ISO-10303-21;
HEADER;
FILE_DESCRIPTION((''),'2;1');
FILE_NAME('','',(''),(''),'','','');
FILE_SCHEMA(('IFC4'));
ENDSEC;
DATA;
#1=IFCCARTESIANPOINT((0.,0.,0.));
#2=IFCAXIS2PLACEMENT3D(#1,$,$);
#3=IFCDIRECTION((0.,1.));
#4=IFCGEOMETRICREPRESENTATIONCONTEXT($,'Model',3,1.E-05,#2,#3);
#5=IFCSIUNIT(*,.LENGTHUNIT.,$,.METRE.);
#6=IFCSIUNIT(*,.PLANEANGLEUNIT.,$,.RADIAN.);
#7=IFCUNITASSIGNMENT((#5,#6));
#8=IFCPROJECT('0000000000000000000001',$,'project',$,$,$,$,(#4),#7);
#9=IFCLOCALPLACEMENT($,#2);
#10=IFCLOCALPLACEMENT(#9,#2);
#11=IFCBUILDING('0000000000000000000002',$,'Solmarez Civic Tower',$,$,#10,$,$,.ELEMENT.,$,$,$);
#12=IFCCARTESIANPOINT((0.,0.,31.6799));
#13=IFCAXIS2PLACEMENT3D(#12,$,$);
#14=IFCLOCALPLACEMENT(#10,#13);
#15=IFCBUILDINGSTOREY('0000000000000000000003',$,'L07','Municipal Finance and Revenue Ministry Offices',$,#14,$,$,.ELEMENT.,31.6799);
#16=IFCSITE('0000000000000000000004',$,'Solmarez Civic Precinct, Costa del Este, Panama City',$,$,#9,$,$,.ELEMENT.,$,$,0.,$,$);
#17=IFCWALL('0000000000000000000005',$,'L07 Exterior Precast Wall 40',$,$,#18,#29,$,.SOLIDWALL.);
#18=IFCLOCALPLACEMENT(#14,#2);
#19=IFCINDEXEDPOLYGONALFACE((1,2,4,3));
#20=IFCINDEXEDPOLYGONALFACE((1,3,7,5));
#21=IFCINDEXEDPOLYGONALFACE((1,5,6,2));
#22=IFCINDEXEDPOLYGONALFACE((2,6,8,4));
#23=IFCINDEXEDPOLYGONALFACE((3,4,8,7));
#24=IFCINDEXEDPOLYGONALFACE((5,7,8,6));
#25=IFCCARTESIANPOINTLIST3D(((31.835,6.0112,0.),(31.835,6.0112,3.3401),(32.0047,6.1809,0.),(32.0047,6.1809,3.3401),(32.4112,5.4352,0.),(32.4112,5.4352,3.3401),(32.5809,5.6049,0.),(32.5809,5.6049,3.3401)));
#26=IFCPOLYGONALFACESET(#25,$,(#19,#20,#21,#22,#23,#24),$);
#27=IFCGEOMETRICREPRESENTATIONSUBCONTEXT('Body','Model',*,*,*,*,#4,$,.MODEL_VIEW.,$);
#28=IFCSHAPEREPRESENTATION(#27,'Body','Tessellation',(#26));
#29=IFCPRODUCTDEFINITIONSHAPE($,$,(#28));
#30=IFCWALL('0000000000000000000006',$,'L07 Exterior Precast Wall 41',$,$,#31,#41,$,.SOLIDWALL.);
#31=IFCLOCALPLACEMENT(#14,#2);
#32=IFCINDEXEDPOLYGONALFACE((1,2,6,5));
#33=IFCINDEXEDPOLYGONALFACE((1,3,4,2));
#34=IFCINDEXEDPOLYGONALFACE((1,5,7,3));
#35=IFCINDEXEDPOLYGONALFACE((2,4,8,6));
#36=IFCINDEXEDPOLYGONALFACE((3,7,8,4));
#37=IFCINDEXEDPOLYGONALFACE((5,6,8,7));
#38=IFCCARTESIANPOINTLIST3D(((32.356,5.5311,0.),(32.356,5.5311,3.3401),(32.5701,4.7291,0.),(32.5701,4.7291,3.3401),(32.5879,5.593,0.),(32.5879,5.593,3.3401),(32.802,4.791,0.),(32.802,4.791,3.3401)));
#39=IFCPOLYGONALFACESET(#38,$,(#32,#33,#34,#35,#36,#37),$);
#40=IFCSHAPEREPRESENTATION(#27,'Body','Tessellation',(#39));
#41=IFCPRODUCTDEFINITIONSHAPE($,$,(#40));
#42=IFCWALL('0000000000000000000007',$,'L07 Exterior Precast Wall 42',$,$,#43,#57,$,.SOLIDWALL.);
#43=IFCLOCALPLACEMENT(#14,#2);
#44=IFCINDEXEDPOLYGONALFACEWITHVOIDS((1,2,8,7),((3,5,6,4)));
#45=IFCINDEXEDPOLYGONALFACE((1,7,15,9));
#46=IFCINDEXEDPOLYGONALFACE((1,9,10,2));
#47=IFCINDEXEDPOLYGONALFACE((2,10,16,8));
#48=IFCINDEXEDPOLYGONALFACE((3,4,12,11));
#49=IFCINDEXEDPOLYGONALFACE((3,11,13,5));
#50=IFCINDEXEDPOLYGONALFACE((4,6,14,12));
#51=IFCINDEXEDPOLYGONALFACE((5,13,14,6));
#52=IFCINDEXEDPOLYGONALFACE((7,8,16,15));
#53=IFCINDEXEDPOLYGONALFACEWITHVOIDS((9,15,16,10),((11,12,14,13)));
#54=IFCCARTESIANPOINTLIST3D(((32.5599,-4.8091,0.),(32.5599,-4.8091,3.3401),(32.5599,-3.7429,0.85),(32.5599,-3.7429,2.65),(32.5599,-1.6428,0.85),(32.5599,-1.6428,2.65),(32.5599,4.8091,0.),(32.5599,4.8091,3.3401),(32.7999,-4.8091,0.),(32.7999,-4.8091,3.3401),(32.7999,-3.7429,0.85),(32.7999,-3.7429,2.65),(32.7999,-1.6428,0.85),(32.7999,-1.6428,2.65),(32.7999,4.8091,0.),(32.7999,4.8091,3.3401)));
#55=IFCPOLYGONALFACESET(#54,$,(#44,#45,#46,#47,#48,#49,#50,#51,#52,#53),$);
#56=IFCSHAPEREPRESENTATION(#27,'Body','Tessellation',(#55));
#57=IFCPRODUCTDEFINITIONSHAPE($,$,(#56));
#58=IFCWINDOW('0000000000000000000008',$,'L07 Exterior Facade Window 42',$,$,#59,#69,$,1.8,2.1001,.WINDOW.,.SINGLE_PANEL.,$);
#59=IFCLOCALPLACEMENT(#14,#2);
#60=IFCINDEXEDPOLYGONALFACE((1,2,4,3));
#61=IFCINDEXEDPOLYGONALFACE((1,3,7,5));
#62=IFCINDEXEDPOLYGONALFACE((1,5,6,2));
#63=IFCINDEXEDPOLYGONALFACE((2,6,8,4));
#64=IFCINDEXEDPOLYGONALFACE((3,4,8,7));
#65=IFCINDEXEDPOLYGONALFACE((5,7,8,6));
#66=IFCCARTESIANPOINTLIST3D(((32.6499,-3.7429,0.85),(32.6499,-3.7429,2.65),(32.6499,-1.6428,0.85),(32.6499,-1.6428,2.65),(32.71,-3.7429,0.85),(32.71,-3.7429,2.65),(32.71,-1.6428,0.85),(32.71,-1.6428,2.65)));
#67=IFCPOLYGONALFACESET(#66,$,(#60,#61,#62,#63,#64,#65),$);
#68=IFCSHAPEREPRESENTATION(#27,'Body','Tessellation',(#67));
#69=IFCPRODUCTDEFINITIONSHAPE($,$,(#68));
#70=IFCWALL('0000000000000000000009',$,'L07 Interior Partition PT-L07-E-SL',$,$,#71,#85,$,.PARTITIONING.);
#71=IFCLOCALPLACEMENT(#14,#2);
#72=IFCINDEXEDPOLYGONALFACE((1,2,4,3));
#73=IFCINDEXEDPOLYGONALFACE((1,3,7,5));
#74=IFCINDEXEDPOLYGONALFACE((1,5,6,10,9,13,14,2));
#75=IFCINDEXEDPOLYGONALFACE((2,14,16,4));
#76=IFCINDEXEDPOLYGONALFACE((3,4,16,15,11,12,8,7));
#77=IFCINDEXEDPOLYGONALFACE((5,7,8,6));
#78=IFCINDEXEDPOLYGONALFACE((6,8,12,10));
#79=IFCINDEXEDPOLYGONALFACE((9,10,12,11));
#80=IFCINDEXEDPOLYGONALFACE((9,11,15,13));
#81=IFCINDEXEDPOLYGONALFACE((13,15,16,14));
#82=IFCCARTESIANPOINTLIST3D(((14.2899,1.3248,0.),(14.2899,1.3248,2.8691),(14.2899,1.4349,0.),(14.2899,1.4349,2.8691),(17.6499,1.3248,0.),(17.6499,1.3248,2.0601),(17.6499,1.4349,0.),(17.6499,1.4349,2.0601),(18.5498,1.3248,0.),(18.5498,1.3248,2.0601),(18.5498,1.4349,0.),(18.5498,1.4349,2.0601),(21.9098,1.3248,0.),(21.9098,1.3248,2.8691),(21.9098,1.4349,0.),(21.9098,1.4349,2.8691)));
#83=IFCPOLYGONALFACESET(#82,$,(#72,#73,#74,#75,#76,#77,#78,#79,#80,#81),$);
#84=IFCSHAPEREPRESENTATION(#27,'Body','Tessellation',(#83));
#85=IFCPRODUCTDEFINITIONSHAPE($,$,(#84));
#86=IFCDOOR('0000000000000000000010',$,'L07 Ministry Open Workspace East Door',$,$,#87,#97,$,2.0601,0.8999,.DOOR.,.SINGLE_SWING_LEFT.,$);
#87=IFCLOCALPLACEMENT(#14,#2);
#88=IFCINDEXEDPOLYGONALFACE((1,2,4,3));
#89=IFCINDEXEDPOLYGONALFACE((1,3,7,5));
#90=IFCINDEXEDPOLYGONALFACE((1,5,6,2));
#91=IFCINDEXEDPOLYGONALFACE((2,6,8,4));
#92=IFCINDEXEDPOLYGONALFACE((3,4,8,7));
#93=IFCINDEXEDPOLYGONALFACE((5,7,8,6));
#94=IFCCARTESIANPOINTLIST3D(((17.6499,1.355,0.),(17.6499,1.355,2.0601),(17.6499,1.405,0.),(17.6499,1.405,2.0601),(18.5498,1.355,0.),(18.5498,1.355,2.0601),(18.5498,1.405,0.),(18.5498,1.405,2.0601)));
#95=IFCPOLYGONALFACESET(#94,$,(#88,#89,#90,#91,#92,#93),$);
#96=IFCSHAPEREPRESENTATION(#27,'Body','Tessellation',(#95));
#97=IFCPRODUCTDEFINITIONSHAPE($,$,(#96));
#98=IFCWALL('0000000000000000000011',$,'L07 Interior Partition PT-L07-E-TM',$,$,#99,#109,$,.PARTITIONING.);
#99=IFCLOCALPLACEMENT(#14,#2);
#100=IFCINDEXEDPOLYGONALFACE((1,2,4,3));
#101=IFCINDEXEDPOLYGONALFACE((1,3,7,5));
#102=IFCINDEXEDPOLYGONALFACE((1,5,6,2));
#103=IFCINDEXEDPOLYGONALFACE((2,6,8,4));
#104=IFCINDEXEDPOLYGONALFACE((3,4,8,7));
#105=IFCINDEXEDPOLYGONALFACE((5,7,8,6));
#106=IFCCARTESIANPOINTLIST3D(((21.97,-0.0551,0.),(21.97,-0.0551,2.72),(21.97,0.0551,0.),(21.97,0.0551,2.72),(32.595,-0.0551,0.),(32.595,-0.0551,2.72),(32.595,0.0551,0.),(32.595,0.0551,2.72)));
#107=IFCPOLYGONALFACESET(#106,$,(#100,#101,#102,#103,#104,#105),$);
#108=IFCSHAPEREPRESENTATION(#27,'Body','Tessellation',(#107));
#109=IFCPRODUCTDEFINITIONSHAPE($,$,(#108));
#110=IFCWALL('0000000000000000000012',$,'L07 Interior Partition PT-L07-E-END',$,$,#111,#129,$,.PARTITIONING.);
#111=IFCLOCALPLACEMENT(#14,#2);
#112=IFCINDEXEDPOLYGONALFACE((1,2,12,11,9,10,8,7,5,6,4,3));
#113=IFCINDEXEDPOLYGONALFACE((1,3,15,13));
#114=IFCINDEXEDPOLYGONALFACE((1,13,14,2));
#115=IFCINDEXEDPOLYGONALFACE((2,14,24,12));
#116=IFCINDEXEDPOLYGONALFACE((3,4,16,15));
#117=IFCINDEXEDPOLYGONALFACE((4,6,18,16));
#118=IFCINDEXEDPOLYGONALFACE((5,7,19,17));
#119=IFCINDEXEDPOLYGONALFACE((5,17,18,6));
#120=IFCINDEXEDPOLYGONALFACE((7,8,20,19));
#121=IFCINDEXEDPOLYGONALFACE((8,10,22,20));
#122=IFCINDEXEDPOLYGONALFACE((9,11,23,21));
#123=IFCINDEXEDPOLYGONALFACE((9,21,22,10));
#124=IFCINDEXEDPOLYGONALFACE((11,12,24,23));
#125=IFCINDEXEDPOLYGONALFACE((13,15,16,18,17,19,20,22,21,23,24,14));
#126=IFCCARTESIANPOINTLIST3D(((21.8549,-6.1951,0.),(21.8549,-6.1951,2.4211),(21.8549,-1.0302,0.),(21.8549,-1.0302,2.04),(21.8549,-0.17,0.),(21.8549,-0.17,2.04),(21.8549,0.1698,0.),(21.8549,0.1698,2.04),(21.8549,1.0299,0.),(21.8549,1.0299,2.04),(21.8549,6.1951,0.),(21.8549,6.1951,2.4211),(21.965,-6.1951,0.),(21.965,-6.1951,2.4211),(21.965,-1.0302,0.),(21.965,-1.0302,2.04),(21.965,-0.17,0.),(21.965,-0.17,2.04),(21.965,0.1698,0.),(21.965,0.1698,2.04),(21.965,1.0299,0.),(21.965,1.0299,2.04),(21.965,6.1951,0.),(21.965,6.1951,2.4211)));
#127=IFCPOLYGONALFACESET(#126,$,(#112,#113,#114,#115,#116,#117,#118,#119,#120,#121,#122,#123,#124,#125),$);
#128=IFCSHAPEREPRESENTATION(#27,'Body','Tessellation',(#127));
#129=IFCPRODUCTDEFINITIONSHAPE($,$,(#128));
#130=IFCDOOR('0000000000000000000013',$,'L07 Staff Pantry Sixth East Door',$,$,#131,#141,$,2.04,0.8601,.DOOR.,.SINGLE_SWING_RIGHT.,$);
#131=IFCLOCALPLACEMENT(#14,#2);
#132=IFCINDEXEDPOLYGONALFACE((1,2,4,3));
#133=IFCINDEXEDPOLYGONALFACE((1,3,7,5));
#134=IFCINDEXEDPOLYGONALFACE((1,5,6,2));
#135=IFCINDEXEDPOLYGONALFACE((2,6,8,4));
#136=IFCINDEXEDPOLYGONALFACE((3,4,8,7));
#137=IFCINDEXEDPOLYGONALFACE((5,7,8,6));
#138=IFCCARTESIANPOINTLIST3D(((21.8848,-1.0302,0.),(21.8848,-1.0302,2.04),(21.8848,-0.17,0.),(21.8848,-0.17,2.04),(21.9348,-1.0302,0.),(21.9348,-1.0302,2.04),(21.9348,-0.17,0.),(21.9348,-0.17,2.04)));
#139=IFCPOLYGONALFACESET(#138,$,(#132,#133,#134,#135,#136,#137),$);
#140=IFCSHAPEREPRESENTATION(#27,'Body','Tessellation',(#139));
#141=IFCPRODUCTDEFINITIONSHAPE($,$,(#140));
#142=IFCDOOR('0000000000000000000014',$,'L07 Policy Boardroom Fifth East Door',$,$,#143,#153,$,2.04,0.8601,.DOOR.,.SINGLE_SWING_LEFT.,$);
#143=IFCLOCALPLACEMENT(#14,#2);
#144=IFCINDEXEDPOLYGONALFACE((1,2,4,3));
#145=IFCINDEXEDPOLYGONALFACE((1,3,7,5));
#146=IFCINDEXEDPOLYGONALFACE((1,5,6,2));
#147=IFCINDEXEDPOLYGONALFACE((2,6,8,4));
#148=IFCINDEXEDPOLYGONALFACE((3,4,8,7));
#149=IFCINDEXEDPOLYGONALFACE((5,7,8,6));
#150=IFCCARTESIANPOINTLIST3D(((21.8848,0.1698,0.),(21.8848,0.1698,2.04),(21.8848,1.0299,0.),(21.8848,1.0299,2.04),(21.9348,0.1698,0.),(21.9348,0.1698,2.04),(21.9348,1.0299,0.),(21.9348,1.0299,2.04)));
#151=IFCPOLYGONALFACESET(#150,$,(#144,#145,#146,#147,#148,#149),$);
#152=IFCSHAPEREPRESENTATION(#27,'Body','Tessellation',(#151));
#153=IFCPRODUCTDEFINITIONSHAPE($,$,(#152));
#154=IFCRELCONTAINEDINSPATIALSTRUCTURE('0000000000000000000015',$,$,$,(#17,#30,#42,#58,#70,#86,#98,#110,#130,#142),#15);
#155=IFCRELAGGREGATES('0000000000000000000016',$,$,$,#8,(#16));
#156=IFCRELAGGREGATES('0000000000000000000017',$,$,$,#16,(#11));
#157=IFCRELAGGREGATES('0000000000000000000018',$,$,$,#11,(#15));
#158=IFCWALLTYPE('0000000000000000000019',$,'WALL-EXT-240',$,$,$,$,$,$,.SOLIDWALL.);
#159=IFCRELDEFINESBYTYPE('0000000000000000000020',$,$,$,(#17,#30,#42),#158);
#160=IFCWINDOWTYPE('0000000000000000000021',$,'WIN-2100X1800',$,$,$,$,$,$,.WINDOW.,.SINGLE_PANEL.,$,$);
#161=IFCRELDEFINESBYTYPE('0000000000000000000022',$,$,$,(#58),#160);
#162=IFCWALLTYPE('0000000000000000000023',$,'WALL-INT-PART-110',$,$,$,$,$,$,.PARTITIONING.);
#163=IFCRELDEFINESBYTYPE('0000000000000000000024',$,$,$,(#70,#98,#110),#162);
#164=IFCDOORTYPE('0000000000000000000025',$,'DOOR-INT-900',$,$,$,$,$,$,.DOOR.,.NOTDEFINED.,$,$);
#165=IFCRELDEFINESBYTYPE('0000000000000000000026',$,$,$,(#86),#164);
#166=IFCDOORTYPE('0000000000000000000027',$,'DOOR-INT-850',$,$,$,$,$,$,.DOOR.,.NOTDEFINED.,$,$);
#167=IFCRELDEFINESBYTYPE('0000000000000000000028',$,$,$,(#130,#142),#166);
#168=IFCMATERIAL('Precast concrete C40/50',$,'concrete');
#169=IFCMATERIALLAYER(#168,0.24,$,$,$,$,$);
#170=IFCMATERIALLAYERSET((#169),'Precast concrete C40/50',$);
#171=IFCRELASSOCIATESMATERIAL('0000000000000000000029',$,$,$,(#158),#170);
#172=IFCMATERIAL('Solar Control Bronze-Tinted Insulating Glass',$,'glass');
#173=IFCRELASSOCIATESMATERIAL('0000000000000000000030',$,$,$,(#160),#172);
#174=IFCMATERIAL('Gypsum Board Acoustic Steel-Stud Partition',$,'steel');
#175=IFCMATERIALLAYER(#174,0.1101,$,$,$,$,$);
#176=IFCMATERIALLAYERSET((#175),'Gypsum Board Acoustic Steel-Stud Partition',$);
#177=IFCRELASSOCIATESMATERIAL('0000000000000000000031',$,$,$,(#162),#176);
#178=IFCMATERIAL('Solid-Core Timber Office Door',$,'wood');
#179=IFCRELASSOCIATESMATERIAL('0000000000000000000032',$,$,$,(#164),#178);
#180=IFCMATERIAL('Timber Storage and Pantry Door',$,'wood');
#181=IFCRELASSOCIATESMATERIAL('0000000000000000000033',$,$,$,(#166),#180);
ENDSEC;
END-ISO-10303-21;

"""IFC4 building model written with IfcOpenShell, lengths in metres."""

from ifc_helpers import new_model, si_unit, direction, frame, frame_2d, origin, place, context, subcontext, project, spatial, rectangle, extrude, material, layer, layer_set, type_object, element, fill, save


model = new_model("IFC4")

# Units and contexts
model_context = context("Model", 3, precision=1e-05, world=origin(), true_north=direction((0.0, 1.0)))
body_context = subcontext(model_context, "Body", "Model", "MODEL_VIEW")
ifc_project = project(units=[si_unit("LENGTHUNIT", "METRE"), si_unit("PLANEANGLEUNIT", "RADIAN")], contexts=[model_context])

# Site, building, storey
site_placement = place(None, origin())
site = spatial("IfcSite", under=ifc_project, at=site_placement, Name="Solmarez Civic Precinct, Costa del Este, Panama City", CompositionType="ELEMENT", RefElevation=0.0)
building_placement = place(site_placement, origin())
building = spatial("IfcBuilding", under=site, at=building_placement, Name="Solmarez Civic Tower", CompositionType="ELEMENT")
storey_placement = place(building_placement, frame((0.0, 0.0, 31.6799)))
storey = spatial("IfcBuildingStorey", under=building, at=storey_placement, Name="L07", Description="Municipal Finance and Revenue Ministry Offices", CompositionType="ELEMENT", Elevation=31.6799)

# Walls
ifc_material_1 = material(Name="Precast concrete C40/50", Category="concrete")
ifc_layer_1 = layer(ifc_material_1, 0.24)
ifc_layer_set_1 = layer_set([ifc_layer_1], Name="Precast concrete C40/50")
wall_type_1 = type_object("IfcWallType", Name="WALL-EXT-240", PredefinedType="SOLIDWALL", material=ifc_layer_set_1)
wall_1_placement = place(storey_placement, frame((31.9199, 6.0959, 0.0), z_axis=(0.0, 0.0, 1.0), x_axis=(0.707257, -0.706957, 0.0)))
element("IfcWall", 1, at=wall_1_placement, inside=storey, type_object=wall_type_1, Name="L07 Exterior Precast Wall 40", PredefinedType="SOLIDWALL", context=body_context, shape_type="SweptSolid", body=[
    extrude(rectangle(XDim=0.8147, YDim=0.24, at=frame_2d((0.4072, 0.0))), origin(), (0.0, 0.0, 1.0), 3.3401),
])
wall_2_placement = place(storey_placement, frame((32.4719, 5.562, 0.0), z_axis=(0.0, 0.0, 1.0), x_axis=(0.257937, -0.966162, 0.0)))
element("IfcWall", 2, at=wall_2_placement, inside=storey, type_object=wall_type_1, Name="L07 Exterior Precast Wall 41", PredefinedType="SOLIDWALL", context=body_context, shape_type="SweptSolid", body=[
    extrude(rectangle(XDim=0.8301, YDim=0.24, at=frame_2d((0.415, 0.0))), origin(), (0.0, 0.0, 1.0), 3.3401),
])

# Wall, opening, window
wall_3_placement = place(storey_placement, frame((32.6799, 4.8091, 0.0), z_axis=(0.0, 0.0, 1.0), x_axis=(0.0, -1.0, 0.0)))
wall_3 = element("IfcWall", 3, at=wall_3_placement, inside=storey, type_object=wall_type_1, Name="L07 Exterior Precast Wall 42", PredefinedType="SOLIDWALL", context=body_context, shape_type="SweptSolid", body=[
    extrude(rectangle(XDim=9.6182, YDim=0.24, at=frame_2d((4.8091, 0.0))), origin(), (0.0, 0.0, 1.0), 3.3401),
])
opening_1_placement = place(wall_3_placement, frame((6.4519, 0.0, 0.8501)))
opening_1 = element("IfcOpeningElement", 4, at=opening_1_placement, cuts=wall_3, PredefinedType="OPENING", context=body_context, shape_type="SweptSolid", body=[
    extrude(rectangle(XDim=2.1001, YDim=1.8, at=frame_2d((1.05, 0.8999))), frame((0.0, 0.1299, 0.0), z_axis=(0.0, -1.0, 0.0), x_axis=(1.0, 0.0, 0.0)), (0.0, 0.0, 1.0), 0.26),
])
ifc_material_2 = material(Name="Solar Control Bronze-Tinted Insulating Glass", Category="glass")
window_type = type_object("IfcWindowType", Name="WIN-2100X1800", PartitioningType="SINGLE_PANEL", PredefinedType="WINDOW", material=ifc_material_2)
window_placement = place(opening_1_placement, origin())
window = element("IfcWindow", 5, at=window_placement, inside=storey, type_object=window_type, Name="L07 Exterior Facade Window 42", OverallHeight=1.8, OverallWidth=2.1001, PartitioningType="SINGLE_PANEL", PredefinedType="WINDOW", context=body_context, shape_type="SweptSolid", body=[
    extrude(rectangle(XDim=2.1001, YDim=1.8, at=frame_2d((1.05, 0.8999))), frame((0.0, 0.03, 0.0), z_axis=(0.0, -1.0, 0.0), x_axis=(1.0, 0.0, 0.0)), (0.0, 0.0, 1.0), 0.0601),
])
fill(opening_1, window)

# Wall, opening, door
ifc_material_3 = material(Name="Gypsum Board Acoustic Steel-Stud Partition", Category="steel")
ifc_layer_2 = layer(ifc_material_3, 0.1101)
ifc_layer_set_2 = layer_set([ifc_layer_2], Name="Gypsum Board Acoustic Steel-Stud Partition")
wall_type_2 = type_object("IfcWallType", Name="WALL-INT-PART-110", PredefinedType="PARTITIONING", material=ifc_layer_set_2)
wall_4_placement = place(storey_placement, frame((21.9099, 1.3799, 0.0), z_axis=(0.0, 0.0, 1.0), x_axis=(-1.0, 0.0, 0.0)))
wall_4 = element("IfcWall", 6, at=wall_4_placement, inside=storey, type_object=wall_type_2, Name="L07 Interior Partition PT-L07-E-SL", PredefinedType="PARTITIONING", context=body_context, shape_type="SweptSolid", body=[
    extrude(rectangle(XDim=7.6199, YDim=0.1101, at=frame_2d((3.8101, 0.0))), origin(), (0.0, 0.0, 1.0), 2.8691),
])
opening_2_placement = place(wall_4_placement, frame((3.3601, 0.0, 0.0)))
opening_2 = element("IfcOpeningElement", 7, at=opening_2_placement, cuts=wall_4, PredefinedType="OPENING", context=body_context, shape_type="SweptSolid", body=[
    extrude(rectangle(XDim=0.8999, YDim=2.0601, at=frame_2d((0.45, 1.03))), frame((0.0, 0.0649, 0.0), z_axis=(0.0, -1.0, 0.0), x_axis=(1.0, 0.0, 0.0)), (0.0, 0.0, 1.0), 0.1301),
])
ifc_material_4 = material(Name="Solid-Core Timber Office Door", Category="wood")
door_type_1 = type_object("IfcDoorType", Name="DOOR-INT-900", OperationType="NOTDEFINED", PredefinedType="DOOR", material=ifc_material_4)
door_1_placement = place(opening_2_placement, origin())
door_1 = element("IfcDoor", 8, at=door_1_placement, inside=storey, type_object=door_type_1, Name="L07 Ministry Open Workspace East Door", OperationType="SINGLE_SWING_LEFT", OverallHeight=2.0601, OverallWidth=0.8999, PredefinedType="DOOR", context=body_context, shape_type="SweptSolid", body=[
    extrude(rectangle(XDim=0.8999, YDim=2.0601, at=frame_2d((0.45, 1.03))), frame((0.0, 0.0249, 0.0), z_axis=(0.0, -1.0, 0.0), x_axis=(1.0, 0.0, 0.0)), (0.0, 0.0, 1.0), 0.05),
])
fill(opening_2, door_1)

# Wall
wall_5_placement = place(storey_placement, frame((21.97, 0.0, 0.0), z_axis=(0.0, 0.0, 1.0), x_axis=(1.0, 0.0, 0.0)))
element("IfcWall", 9, at=wall_5_placement, inside=storey, type_object=wall_type_2, Name="L07 Interior Partition PT-L07-E-TM", PredefinedType="PARTITIONING", context=body_context, shape_type="SweptSolid", body=[
    extrude(rectangle(XDim=10.625, YDim=0.1101, at=frame_2d((5.3125, 0.0))), origin(), (0.0, 0.0, 1.0), 2.72),
])

# Wall, openings, doors
wall_6_placement = place(storey_placement, frame((21.9099, 6.1951, 0.0), z_axis=(0.0, 0.0, 1.0), x_axis=(0.0, -1.0, 0.0)))
wall_6 = element("IfcWall", 10, at=wall_6_placement, inside=storey, type_object=wall_type_2, Name="L07 Interior Partition PT-L07-E-END", PredefinedType="PARTITIONING", context=body_context, shape_type="SweptSolid", body=[
    extrude(rectangle(XDim=12.3901, YDim=0.1101, at=frame_2d((6.1951, 0.0))), origin(), (0.0, 0.0, 1.0), 2.4211),
])
opening_3_placement = place(wall_6_placement, frame((6.365, 0.0, 0.0)))
opening_3 = element("IfcOpeningElement", 11, at=opening_3_placement, cuts=wall_6, PredefinedType="OPENING", context=body_context, shape_type="SweptSolid", body=[
    extrude(rectangle(XDim=0.8601, YDim=2.04, at=frame_2d((0.4302, 1.02))), frame((0.0, 0.0649, 0.0), z_axis=(0.0, -1.0, 0.0), x_axis=(1.0, 0.0, 0.0)), (0.0, 0.0, 1.0), 0.1301),
])
opening_4_placement = place(wall_6_placement, frame((5.165, 0.0, 0.0)))
opening_4 = element("IfcOpeningElement", 12, at=opening_4_placement, cuts=wall_6, PredefinedType="OPENING", context=body_context, shape_type="SweptSolid", body=[
    extrude(rectangle(XDim=0.8601, YDim=2.04, at=frame_2d((0.4302, 1.02))), frame((0.0, 0.0649, 0.0), z_axis=(0.0, -1.0, 0.0), x_axis=(1.0, 0.0, 0.0)), (0.0, 0.0, 1.0), 0.1301),
])
ifc_material_5 = material(Name="Timber Storage and Pantry Door", Category="wood")
door_type_2 = type_object("IfcDoorType", Name="DOOR-INT-850", OperationType="NOTDEFINED", PredefinedType="DOOR", material=ifc_material_5)
door_2_placement = place(opening_3_placement, origin())
door_2 = element("IfcDoor", 13, at=door_2_placement, inside=storey, type_object=door_type_2, Name="L07 Staff Pantry Sixth East Door", OperationType="SINGLE_SWING_RIGHT", OverallHeight=2.04, OverallWidth=0.8601, PredefinedType="DOOR", context=body_context, shape_type="SweptSolid", body=[
    extrude(rectangle(XDim=0.8601, YDim=2.04, at=frame_2d((0.4302, 1.02))), frame((0.0, 0.0249, 0.0), z_axis=(0.0, -1.0, 0.0), x_axis=(1.0, 0.0, 0.0)), (0.0, 0.0, 1.0), 0.05),
])
fill(opening_3, door_2)
door_3_placement = place(opening_4_placement, origin())
door_3 = element("IfcDoor", 14, at=door_3_placement, inside=storey, type_object=door_type_2, Name="L07 Policy Boardroom Fifth East Door", OperationType="SINGLE_SWING_LEFT", OverallHeight=2.04, OverallWidth=0.8601, PredefinedType="DOOR", context=body_context, shape_type="SweptSolid", body=[
    extrude(rectangle(XDim=0.8601, YDim=2.04, at=frame_2d((0.4302, 1.02))), frame((0.0, 0.0249, 0.0), z_axis=(0.0, -1.0, 0.0), x_axis=(1.0, 0.0, 0.0)), (0.0, 0.0, 1.0), 0.05),
])
fill(opening_4, door_3)

save(model, "model.ifc")
